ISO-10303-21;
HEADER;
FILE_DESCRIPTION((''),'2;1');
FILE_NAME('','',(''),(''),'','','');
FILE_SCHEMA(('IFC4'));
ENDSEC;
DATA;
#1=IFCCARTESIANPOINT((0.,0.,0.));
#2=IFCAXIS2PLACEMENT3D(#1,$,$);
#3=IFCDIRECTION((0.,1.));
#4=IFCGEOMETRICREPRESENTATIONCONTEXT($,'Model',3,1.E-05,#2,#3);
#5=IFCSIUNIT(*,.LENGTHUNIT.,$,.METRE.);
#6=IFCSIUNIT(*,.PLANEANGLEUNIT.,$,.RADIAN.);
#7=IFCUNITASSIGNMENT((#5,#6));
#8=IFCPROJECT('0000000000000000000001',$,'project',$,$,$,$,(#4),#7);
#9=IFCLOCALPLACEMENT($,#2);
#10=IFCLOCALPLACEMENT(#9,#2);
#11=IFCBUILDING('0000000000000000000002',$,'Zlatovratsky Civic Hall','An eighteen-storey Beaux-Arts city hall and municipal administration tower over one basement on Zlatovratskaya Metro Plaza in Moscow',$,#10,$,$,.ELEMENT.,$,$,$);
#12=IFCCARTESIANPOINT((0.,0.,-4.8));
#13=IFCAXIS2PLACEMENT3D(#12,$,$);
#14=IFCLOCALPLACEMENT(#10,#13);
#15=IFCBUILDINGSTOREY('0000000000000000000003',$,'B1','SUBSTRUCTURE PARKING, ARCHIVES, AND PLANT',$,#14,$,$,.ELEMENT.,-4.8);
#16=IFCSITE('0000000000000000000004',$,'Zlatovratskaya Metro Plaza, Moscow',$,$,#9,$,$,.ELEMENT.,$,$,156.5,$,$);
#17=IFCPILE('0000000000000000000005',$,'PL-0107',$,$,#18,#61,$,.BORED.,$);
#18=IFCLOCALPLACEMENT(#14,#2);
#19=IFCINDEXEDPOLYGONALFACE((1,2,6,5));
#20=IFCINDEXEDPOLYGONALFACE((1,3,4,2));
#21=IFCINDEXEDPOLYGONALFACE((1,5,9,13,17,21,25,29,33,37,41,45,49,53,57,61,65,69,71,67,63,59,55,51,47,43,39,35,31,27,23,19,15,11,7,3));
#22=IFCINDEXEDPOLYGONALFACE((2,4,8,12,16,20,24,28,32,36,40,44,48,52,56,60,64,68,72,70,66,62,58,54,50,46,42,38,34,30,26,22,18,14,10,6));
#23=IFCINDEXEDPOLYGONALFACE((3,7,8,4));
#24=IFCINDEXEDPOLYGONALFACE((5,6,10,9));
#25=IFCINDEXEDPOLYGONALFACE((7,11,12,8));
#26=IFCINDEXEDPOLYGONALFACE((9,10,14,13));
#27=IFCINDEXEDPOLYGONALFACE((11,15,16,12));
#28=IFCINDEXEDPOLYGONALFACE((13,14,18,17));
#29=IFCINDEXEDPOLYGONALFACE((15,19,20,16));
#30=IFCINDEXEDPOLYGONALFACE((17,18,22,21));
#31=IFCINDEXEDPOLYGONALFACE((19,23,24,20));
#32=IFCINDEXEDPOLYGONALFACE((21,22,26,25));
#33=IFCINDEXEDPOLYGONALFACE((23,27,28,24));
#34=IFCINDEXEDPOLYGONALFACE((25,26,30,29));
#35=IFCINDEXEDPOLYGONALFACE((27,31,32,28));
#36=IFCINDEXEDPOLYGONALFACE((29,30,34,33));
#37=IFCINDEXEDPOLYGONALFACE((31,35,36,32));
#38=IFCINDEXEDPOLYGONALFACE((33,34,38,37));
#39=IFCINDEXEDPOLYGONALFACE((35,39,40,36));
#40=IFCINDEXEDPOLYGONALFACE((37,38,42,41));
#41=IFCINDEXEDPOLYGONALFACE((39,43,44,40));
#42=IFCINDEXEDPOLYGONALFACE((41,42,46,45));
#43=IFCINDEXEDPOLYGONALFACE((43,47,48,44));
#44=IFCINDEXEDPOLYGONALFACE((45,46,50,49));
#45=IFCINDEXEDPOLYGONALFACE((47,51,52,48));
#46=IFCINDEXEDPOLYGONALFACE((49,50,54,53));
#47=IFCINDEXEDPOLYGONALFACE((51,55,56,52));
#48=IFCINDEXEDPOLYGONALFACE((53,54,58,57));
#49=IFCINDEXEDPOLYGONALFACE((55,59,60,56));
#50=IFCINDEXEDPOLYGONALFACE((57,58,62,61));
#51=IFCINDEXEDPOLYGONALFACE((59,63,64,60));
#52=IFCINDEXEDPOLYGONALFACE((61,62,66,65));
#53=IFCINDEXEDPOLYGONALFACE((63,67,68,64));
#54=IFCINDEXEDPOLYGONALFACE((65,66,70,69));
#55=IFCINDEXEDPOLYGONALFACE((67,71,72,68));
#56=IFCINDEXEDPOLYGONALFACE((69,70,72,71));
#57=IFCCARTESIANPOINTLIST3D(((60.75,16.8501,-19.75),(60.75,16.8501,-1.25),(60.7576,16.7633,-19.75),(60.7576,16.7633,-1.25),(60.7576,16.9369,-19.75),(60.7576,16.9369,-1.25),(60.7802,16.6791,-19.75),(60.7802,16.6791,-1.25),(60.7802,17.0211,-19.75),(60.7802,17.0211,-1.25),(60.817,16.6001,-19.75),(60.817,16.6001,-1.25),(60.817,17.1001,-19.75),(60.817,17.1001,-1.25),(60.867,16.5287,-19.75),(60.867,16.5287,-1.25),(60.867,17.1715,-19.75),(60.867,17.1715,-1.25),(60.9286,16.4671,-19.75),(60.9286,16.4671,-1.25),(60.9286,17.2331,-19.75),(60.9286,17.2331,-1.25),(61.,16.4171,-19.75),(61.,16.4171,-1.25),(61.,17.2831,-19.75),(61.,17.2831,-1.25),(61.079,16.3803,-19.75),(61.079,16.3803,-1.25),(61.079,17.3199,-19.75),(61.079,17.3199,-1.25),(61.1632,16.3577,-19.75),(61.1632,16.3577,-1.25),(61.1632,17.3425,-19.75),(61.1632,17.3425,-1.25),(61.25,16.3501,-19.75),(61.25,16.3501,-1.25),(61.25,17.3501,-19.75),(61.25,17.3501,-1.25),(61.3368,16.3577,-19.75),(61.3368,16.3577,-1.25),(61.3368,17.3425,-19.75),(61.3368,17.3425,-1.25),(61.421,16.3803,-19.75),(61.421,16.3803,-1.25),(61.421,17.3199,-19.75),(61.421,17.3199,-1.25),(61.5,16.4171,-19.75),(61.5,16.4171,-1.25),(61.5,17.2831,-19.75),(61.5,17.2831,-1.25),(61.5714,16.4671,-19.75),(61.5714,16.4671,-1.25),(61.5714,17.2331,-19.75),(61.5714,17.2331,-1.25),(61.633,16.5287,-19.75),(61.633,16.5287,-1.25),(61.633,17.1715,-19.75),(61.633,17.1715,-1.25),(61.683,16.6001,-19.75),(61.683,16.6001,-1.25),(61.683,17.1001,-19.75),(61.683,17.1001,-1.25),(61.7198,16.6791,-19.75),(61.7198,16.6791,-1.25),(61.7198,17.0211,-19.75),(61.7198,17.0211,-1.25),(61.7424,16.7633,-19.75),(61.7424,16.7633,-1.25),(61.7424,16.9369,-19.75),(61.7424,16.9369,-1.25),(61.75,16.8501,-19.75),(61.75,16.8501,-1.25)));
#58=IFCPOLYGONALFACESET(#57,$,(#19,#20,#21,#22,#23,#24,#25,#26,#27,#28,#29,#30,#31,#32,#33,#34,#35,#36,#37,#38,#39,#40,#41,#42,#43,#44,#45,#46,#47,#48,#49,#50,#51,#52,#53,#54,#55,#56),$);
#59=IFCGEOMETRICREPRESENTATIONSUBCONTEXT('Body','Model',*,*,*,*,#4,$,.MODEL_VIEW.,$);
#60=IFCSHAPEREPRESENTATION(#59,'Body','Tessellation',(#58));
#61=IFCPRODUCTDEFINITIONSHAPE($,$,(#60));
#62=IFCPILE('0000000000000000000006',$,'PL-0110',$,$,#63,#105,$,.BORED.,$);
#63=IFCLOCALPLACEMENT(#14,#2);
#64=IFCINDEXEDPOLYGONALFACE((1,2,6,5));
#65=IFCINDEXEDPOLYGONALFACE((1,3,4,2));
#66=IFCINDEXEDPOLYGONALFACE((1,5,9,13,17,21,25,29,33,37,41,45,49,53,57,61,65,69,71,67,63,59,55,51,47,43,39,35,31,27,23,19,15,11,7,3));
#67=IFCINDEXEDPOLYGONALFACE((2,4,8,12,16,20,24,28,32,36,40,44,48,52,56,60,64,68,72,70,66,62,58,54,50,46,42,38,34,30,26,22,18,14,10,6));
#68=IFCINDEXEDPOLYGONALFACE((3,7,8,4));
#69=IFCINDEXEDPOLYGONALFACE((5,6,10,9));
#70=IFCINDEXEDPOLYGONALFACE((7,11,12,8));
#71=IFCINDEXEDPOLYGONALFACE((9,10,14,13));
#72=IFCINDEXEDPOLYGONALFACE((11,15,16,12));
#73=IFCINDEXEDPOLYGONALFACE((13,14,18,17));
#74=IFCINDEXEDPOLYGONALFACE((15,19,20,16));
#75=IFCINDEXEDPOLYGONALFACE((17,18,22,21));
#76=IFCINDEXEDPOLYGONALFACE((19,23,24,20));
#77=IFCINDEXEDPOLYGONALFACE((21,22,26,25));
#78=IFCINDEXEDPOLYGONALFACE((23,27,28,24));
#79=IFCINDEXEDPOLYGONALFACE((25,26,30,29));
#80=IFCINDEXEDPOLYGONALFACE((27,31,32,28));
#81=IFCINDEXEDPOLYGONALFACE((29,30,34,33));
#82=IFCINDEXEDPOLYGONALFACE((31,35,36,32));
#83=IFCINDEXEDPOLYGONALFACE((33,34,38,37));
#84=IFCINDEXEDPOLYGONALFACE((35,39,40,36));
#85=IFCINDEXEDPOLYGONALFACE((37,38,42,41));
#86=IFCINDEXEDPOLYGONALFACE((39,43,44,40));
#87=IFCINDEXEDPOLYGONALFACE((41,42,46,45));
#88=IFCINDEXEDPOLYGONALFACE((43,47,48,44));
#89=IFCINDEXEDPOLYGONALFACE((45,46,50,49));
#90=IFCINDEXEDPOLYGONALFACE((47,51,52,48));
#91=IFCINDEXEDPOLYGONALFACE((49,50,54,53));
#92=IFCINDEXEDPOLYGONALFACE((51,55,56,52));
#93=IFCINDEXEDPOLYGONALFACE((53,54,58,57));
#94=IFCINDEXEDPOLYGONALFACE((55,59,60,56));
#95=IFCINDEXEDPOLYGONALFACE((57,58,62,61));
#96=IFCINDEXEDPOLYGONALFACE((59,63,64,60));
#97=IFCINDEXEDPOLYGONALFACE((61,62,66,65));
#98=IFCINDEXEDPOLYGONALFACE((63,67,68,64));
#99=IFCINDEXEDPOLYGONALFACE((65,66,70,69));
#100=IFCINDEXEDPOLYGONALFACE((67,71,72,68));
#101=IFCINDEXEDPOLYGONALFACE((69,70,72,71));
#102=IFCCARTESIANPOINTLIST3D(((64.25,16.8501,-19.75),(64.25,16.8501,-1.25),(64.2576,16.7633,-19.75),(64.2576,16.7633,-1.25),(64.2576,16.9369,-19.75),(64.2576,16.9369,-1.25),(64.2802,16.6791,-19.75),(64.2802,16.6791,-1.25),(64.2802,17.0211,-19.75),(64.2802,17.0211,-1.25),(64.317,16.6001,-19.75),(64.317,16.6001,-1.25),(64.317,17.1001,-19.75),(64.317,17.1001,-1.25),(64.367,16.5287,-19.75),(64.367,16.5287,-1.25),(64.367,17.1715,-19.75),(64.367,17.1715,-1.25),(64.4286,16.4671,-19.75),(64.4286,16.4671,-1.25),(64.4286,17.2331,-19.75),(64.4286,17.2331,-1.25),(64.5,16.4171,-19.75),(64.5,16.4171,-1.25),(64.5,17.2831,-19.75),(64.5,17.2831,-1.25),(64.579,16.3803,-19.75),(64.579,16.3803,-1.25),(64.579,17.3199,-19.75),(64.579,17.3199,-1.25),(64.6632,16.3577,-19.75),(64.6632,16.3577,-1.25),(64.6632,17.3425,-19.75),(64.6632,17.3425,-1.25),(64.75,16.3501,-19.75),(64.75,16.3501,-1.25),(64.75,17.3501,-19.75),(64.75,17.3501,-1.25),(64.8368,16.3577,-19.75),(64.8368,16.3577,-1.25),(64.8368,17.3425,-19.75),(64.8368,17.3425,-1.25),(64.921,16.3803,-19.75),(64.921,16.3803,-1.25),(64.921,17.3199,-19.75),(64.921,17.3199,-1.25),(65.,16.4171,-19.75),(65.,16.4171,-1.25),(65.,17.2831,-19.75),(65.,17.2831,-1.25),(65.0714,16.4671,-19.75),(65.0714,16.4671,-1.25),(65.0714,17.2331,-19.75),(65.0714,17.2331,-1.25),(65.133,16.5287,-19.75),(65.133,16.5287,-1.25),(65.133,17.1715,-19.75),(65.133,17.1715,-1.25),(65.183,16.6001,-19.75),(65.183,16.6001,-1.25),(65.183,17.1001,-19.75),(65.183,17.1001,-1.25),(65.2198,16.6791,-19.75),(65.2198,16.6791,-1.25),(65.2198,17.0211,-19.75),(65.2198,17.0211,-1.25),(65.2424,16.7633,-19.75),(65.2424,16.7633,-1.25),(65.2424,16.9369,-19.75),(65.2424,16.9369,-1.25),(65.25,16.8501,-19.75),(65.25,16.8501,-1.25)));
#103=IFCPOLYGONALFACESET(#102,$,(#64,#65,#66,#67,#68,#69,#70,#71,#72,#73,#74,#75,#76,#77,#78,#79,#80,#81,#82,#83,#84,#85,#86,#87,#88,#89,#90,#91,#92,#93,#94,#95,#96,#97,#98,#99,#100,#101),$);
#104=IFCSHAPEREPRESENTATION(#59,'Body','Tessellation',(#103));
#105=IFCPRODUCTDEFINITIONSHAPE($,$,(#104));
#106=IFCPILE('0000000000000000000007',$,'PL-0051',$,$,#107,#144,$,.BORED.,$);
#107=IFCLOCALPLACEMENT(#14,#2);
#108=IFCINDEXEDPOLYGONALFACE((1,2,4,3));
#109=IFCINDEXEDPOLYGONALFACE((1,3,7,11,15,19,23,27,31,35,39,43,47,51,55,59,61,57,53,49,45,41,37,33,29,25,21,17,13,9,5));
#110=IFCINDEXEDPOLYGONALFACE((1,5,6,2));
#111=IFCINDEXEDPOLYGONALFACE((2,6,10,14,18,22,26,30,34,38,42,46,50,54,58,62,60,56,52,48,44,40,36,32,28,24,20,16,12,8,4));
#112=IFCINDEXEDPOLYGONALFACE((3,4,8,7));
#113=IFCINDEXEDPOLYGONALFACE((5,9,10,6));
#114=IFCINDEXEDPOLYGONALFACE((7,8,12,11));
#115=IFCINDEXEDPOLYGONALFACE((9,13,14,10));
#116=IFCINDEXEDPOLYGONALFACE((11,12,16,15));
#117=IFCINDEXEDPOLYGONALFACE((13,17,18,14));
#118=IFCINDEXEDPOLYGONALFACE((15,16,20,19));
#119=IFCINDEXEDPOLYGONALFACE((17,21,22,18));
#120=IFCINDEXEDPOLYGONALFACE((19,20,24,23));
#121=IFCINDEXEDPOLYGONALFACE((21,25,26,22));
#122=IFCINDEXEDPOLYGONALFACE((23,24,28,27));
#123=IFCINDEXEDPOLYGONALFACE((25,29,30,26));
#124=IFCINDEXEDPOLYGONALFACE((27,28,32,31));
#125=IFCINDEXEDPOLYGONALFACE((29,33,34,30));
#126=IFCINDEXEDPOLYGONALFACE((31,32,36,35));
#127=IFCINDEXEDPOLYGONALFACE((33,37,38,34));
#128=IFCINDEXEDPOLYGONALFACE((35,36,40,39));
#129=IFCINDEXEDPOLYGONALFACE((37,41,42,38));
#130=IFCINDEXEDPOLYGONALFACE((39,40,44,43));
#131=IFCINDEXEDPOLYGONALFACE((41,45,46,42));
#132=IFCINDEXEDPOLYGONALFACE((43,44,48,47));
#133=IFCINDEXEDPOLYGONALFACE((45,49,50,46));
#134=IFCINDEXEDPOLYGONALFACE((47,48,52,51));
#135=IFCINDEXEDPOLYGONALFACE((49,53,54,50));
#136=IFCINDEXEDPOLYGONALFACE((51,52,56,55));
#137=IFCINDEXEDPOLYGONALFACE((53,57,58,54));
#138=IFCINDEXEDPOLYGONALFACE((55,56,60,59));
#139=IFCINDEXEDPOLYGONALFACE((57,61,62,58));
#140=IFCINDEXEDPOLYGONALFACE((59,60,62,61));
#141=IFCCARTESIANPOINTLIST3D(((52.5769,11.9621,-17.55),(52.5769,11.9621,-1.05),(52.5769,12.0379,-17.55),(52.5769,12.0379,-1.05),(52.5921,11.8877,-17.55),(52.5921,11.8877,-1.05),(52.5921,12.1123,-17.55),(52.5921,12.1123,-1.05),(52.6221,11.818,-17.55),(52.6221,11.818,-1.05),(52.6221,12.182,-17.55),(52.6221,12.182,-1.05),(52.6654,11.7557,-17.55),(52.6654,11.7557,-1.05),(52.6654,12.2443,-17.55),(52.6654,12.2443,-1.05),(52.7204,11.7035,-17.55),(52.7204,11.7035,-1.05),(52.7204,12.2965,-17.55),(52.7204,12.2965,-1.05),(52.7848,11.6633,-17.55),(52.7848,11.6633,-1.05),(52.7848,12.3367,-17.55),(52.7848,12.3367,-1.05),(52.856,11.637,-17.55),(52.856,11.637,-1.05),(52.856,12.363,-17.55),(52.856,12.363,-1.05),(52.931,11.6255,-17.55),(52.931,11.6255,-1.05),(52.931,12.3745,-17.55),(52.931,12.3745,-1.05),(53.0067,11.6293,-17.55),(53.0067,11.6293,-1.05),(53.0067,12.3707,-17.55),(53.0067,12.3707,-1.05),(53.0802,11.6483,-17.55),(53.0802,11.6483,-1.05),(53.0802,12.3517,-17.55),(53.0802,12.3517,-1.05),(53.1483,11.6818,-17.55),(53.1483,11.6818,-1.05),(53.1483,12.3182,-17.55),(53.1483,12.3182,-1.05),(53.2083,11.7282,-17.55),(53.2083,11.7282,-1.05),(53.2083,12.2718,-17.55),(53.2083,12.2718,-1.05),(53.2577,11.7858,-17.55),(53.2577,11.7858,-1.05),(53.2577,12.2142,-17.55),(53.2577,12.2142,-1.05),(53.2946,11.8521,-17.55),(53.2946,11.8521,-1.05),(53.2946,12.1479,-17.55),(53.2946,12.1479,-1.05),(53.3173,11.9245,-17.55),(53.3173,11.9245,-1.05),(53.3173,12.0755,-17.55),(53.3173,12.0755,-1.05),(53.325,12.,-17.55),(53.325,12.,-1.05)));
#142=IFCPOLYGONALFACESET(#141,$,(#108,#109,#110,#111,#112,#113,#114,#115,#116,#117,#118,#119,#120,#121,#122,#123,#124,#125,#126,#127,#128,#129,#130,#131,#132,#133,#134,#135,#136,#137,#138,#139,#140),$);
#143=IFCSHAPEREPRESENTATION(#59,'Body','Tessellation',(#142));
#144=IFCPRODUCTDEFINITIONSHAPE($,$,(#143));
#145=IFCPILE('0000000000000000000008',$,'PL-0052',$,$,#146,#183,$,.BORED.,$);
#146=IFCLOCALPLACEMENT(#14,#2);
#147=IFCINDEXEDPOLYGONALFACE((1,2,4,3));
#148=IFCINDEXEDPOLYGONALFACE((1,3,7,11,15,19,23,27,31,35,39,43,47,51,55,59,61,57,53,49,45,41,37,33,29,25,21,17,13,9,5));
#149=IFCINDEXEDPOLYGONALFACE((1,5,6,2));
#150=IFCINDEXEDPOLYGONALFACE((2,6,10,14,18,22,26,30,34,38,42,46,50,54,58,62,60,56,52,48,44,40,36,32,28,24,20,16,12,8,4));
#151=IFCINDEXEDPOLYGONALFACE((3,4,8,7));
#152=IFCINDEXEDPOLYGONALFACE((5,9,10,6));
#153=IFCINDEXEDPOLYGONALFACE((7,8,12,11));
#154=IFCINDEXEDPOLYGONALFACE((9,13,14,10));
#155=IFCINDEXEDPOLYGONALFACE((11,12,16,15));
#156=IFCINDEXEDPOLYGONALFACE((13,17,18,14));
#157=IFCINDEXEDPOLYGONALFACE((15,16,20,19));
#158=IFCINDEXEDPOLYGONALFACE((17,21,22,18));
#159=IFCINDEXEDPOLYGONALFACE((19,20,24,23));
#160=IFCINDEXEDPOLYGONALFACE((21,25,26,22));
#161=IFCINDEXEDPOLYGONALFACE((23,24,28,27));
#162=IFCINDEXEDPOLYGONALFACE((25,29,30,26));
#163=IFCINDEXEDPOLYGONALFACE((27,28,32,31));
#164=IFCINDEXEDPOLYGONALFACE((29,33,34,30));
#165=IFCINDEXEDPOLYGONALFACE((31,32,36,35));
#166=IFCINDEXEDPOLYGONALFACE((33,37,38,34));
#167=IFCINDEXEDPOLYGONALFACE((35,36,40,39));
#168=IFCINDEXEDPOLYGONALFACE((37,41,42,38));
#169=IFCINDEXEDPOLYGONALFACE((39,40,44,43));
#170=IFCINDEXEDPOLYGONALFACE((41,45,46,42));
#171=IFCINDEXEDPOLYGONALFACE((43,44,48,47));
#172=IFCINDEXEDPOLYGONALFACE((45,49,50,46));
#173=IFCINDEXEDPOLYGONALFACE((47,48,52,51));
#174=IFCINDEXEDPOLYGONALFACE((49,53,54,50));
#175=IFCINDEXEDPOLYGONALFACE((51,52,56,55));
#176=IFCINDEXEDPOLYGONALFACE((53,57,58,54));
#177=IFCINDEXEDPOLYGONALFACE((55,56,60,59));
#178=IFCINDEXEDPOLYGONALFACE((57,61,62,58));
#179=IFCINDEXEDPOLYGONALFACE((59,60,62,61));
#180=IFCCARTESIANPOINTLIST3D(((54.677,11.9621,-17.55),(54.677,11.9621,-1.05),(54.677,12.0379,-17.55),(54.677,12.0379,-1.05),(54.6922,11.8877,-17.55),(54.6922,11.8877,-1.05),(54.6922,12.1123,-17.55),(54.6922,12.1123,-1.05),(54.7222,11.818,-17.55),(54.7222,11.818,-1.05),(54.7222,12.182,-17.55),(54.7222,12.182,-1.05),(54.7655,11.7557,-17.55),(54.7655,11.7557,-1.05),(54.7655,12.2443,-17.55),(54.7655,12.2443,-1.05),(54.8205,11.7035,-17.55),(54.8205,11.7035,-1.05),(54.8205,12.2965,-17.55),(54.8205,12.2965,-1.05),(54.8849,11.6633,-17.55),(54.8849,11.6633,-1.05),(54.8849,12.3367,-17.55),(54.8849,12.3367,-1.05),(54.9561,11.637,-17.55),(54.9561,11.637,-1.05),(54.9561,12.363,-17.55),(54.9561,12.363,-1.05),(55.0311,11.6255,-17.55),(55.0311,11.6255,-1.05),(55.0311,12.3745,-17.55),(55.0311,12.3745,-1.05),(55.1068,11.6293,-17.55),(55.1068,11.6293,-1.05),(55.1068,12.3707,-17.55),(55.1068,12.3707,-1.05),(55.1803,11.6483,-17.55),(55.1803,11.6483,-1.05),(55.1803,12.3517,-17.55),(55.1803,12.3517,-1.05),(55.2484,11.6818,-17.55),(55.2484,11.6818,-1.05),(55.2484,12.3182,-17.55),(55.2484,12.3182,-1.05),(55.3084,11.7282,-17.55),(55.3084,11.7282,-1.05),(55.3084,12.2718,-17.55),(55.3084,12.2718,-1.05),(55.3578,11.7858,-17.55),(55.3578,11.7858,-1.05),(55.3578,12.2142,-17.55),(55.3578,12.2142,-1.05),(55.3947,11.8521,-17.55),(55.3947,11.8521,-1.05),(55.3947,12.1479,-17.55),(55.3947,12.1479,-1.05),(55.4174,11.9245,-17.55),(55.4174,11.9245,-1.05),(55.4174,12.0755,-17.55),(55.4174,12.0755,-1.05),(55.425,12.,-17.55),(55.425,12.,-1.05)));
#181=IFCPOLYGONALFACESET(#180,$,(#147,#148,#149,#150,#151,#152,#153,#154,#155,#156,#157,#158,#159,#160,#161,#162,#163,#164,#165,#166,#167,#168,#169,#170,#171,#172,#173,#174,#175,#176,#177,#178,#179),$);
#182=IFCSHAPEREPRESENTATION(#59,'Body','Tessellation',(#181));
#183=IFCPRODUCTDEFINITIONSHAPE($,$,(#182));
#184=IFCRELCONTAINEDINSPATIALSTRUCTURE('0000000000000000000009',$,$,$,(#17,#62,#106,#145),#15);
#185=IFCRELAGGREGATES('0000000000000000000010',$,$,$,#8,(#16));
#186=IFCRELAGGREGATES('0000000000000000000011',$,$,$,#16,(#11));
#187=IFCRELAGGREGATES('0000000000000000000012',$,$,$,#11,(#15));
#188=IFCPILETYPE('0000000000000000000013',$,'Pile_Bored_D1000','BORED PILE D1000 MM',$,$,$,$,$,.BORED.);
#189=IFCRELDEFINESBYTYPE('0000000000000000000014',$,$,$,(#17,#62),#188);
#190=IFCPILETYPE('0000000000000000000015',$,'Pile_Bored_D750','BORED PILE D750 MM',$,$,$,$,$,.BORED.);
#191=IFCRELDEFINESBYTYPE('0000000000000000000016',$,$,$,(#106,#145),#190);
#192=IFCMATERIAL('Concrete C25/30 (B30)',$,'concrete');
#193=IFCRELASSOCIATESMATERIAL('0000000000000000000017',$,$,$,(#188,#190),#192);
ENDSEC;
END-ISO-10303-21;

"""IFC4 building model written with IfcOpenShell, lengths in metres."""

from ifc_helpers import new_model, si_unit, direction, frame, origin, origin_2d, place, context, subcontext, project, spatial, circle, extrude, material, material_profile, profile_set, type_object, element, save


model = new_model("IFC4")

# Units and contexts
model_context = context("Model", 3, precision=1e-05, world=origin(), true_north=direction((0.0, 1.0)))
body_context = subcontext(model_context, "Body", "Model", "MODEL_VIEW")
ifc_project = project(units=[si_unit("LENGTHUNIT", "METRE"), si_unit("PLANEANGLEUNIT", "RADIAN")], contexts=[model_context])

# Site, building, storey
site_placement = place(None, origin())
site = spatial("IfcSite", under=ifc_project, at=site_placement, Name="Zlatovratskaya Metro Plaza, Moscow", CompositionType="ELEMENT", RefElevation=156.5)
building_placement = place(site_placement, origin())
building = spatial("IfcBuilding", under=site, at=building_placement, Name="Zlatovratsky Civic Hall", Description="An eighteen-storey Beaux-Arts city hall and municipal administration tower over one basement on Zlatovratskaya Metro Plaza in Moscow", CompositionType="ELEMENT")
storey_placement = place(building_placement, frame((0.0, 0.0, -4.8)))
storey = spatial("IfcBuildingStorey", under=building, at=storey_placement, Name="B1", Description="SUBSTRUCTURE PARKING, ARCHIVES, AND PLANT", CompositionType="ELEMENT", Elevation=-4.8)

# Shared definitions
ifc_material_1 = material(Name="Concrete C25/30 (B30)", Category="concrete")

# Piles
ifc_material_profile_1 = material_profile(ifc_material_1, circle(Radius=0.5, at=origin_2d()), Name="PILE D1000")
ifc_profile_set_1 = profile_set([ifc_material_profile_1], Name="Concrete C25/30 (B30)")
pile_type_1 = type_object("IfcPileType", Name="Pile_Bored_D1000", Description="BORED PILE D1000 MM", PredefinedType="BORED", material=ifc_profile_set_1)
for number, where, z_axis, x_axis, name in (
    (1, (61.25, 16.8501, -1.25), (0.0, 0.0, -1.0), (1.0, 0.0, 0.0), "PL-0107"),
    (2, (64.75, 16.8501, -1.25), (0.0, 0.0, -1.0), (1.0, 0.0, 0.0), "PL-0110"),
):
    element("IfcPile", number, at=place(storey_placement, frame(where, z_axis=z_axis, x_axis=x_axis)), inside=storey, type_object=pile_type_1, Name=name, PredefinedType="BORED", context=body_context, shape_type="SweptSolid", body=[
        extrude(circle(Radius=0.5, at=origin_2d()), origin(), (0.0, 0.0, 1.0), 18.5),
    ])
ifc_material_profile_2 = material_profile(ifc_material_1, circle(Radius=0.375, at=origin_2d()), Name="PILE D750")
ifc_profile_set_2 = profile_set([ifc_material_profile_2], Name="Concrete C25/30 (B30)")
pile_type_2 = type_object("IfcPileType", Name="Pile_Bored_D750", Description="BORED PILE D750 MM", PredefinedType="BORED", material=ifc_profile_set_2)
for number, where, z_axis, x_axis, name in (
    (3, (52.95, 12.0, -1.05), (0.0, 0.0, -1.0), (1.0, 0.0, 0.0), "PL-0051"),
    (4, (55.05, 12.0, -1.05), (0.0, 0.0, -1.0), (1.0, 0.0, 0.0), "PL-0052"),
):
    element("IfcPile", number, at=place(storey_placement, frame(where, z_axis=z_axis, x_axis=x_axis)), inside=storey, type_object=pile_type_2, Name=name, PredefinedType="BORED", context=body_context, shape_type="SweptSolid", body=[
        extrude(circle(Radius=0.375, at=origin_2d()), origin(), (0.0, 0.0, 1.0), 16.5),
    ])

save(model, "model.ifc")
